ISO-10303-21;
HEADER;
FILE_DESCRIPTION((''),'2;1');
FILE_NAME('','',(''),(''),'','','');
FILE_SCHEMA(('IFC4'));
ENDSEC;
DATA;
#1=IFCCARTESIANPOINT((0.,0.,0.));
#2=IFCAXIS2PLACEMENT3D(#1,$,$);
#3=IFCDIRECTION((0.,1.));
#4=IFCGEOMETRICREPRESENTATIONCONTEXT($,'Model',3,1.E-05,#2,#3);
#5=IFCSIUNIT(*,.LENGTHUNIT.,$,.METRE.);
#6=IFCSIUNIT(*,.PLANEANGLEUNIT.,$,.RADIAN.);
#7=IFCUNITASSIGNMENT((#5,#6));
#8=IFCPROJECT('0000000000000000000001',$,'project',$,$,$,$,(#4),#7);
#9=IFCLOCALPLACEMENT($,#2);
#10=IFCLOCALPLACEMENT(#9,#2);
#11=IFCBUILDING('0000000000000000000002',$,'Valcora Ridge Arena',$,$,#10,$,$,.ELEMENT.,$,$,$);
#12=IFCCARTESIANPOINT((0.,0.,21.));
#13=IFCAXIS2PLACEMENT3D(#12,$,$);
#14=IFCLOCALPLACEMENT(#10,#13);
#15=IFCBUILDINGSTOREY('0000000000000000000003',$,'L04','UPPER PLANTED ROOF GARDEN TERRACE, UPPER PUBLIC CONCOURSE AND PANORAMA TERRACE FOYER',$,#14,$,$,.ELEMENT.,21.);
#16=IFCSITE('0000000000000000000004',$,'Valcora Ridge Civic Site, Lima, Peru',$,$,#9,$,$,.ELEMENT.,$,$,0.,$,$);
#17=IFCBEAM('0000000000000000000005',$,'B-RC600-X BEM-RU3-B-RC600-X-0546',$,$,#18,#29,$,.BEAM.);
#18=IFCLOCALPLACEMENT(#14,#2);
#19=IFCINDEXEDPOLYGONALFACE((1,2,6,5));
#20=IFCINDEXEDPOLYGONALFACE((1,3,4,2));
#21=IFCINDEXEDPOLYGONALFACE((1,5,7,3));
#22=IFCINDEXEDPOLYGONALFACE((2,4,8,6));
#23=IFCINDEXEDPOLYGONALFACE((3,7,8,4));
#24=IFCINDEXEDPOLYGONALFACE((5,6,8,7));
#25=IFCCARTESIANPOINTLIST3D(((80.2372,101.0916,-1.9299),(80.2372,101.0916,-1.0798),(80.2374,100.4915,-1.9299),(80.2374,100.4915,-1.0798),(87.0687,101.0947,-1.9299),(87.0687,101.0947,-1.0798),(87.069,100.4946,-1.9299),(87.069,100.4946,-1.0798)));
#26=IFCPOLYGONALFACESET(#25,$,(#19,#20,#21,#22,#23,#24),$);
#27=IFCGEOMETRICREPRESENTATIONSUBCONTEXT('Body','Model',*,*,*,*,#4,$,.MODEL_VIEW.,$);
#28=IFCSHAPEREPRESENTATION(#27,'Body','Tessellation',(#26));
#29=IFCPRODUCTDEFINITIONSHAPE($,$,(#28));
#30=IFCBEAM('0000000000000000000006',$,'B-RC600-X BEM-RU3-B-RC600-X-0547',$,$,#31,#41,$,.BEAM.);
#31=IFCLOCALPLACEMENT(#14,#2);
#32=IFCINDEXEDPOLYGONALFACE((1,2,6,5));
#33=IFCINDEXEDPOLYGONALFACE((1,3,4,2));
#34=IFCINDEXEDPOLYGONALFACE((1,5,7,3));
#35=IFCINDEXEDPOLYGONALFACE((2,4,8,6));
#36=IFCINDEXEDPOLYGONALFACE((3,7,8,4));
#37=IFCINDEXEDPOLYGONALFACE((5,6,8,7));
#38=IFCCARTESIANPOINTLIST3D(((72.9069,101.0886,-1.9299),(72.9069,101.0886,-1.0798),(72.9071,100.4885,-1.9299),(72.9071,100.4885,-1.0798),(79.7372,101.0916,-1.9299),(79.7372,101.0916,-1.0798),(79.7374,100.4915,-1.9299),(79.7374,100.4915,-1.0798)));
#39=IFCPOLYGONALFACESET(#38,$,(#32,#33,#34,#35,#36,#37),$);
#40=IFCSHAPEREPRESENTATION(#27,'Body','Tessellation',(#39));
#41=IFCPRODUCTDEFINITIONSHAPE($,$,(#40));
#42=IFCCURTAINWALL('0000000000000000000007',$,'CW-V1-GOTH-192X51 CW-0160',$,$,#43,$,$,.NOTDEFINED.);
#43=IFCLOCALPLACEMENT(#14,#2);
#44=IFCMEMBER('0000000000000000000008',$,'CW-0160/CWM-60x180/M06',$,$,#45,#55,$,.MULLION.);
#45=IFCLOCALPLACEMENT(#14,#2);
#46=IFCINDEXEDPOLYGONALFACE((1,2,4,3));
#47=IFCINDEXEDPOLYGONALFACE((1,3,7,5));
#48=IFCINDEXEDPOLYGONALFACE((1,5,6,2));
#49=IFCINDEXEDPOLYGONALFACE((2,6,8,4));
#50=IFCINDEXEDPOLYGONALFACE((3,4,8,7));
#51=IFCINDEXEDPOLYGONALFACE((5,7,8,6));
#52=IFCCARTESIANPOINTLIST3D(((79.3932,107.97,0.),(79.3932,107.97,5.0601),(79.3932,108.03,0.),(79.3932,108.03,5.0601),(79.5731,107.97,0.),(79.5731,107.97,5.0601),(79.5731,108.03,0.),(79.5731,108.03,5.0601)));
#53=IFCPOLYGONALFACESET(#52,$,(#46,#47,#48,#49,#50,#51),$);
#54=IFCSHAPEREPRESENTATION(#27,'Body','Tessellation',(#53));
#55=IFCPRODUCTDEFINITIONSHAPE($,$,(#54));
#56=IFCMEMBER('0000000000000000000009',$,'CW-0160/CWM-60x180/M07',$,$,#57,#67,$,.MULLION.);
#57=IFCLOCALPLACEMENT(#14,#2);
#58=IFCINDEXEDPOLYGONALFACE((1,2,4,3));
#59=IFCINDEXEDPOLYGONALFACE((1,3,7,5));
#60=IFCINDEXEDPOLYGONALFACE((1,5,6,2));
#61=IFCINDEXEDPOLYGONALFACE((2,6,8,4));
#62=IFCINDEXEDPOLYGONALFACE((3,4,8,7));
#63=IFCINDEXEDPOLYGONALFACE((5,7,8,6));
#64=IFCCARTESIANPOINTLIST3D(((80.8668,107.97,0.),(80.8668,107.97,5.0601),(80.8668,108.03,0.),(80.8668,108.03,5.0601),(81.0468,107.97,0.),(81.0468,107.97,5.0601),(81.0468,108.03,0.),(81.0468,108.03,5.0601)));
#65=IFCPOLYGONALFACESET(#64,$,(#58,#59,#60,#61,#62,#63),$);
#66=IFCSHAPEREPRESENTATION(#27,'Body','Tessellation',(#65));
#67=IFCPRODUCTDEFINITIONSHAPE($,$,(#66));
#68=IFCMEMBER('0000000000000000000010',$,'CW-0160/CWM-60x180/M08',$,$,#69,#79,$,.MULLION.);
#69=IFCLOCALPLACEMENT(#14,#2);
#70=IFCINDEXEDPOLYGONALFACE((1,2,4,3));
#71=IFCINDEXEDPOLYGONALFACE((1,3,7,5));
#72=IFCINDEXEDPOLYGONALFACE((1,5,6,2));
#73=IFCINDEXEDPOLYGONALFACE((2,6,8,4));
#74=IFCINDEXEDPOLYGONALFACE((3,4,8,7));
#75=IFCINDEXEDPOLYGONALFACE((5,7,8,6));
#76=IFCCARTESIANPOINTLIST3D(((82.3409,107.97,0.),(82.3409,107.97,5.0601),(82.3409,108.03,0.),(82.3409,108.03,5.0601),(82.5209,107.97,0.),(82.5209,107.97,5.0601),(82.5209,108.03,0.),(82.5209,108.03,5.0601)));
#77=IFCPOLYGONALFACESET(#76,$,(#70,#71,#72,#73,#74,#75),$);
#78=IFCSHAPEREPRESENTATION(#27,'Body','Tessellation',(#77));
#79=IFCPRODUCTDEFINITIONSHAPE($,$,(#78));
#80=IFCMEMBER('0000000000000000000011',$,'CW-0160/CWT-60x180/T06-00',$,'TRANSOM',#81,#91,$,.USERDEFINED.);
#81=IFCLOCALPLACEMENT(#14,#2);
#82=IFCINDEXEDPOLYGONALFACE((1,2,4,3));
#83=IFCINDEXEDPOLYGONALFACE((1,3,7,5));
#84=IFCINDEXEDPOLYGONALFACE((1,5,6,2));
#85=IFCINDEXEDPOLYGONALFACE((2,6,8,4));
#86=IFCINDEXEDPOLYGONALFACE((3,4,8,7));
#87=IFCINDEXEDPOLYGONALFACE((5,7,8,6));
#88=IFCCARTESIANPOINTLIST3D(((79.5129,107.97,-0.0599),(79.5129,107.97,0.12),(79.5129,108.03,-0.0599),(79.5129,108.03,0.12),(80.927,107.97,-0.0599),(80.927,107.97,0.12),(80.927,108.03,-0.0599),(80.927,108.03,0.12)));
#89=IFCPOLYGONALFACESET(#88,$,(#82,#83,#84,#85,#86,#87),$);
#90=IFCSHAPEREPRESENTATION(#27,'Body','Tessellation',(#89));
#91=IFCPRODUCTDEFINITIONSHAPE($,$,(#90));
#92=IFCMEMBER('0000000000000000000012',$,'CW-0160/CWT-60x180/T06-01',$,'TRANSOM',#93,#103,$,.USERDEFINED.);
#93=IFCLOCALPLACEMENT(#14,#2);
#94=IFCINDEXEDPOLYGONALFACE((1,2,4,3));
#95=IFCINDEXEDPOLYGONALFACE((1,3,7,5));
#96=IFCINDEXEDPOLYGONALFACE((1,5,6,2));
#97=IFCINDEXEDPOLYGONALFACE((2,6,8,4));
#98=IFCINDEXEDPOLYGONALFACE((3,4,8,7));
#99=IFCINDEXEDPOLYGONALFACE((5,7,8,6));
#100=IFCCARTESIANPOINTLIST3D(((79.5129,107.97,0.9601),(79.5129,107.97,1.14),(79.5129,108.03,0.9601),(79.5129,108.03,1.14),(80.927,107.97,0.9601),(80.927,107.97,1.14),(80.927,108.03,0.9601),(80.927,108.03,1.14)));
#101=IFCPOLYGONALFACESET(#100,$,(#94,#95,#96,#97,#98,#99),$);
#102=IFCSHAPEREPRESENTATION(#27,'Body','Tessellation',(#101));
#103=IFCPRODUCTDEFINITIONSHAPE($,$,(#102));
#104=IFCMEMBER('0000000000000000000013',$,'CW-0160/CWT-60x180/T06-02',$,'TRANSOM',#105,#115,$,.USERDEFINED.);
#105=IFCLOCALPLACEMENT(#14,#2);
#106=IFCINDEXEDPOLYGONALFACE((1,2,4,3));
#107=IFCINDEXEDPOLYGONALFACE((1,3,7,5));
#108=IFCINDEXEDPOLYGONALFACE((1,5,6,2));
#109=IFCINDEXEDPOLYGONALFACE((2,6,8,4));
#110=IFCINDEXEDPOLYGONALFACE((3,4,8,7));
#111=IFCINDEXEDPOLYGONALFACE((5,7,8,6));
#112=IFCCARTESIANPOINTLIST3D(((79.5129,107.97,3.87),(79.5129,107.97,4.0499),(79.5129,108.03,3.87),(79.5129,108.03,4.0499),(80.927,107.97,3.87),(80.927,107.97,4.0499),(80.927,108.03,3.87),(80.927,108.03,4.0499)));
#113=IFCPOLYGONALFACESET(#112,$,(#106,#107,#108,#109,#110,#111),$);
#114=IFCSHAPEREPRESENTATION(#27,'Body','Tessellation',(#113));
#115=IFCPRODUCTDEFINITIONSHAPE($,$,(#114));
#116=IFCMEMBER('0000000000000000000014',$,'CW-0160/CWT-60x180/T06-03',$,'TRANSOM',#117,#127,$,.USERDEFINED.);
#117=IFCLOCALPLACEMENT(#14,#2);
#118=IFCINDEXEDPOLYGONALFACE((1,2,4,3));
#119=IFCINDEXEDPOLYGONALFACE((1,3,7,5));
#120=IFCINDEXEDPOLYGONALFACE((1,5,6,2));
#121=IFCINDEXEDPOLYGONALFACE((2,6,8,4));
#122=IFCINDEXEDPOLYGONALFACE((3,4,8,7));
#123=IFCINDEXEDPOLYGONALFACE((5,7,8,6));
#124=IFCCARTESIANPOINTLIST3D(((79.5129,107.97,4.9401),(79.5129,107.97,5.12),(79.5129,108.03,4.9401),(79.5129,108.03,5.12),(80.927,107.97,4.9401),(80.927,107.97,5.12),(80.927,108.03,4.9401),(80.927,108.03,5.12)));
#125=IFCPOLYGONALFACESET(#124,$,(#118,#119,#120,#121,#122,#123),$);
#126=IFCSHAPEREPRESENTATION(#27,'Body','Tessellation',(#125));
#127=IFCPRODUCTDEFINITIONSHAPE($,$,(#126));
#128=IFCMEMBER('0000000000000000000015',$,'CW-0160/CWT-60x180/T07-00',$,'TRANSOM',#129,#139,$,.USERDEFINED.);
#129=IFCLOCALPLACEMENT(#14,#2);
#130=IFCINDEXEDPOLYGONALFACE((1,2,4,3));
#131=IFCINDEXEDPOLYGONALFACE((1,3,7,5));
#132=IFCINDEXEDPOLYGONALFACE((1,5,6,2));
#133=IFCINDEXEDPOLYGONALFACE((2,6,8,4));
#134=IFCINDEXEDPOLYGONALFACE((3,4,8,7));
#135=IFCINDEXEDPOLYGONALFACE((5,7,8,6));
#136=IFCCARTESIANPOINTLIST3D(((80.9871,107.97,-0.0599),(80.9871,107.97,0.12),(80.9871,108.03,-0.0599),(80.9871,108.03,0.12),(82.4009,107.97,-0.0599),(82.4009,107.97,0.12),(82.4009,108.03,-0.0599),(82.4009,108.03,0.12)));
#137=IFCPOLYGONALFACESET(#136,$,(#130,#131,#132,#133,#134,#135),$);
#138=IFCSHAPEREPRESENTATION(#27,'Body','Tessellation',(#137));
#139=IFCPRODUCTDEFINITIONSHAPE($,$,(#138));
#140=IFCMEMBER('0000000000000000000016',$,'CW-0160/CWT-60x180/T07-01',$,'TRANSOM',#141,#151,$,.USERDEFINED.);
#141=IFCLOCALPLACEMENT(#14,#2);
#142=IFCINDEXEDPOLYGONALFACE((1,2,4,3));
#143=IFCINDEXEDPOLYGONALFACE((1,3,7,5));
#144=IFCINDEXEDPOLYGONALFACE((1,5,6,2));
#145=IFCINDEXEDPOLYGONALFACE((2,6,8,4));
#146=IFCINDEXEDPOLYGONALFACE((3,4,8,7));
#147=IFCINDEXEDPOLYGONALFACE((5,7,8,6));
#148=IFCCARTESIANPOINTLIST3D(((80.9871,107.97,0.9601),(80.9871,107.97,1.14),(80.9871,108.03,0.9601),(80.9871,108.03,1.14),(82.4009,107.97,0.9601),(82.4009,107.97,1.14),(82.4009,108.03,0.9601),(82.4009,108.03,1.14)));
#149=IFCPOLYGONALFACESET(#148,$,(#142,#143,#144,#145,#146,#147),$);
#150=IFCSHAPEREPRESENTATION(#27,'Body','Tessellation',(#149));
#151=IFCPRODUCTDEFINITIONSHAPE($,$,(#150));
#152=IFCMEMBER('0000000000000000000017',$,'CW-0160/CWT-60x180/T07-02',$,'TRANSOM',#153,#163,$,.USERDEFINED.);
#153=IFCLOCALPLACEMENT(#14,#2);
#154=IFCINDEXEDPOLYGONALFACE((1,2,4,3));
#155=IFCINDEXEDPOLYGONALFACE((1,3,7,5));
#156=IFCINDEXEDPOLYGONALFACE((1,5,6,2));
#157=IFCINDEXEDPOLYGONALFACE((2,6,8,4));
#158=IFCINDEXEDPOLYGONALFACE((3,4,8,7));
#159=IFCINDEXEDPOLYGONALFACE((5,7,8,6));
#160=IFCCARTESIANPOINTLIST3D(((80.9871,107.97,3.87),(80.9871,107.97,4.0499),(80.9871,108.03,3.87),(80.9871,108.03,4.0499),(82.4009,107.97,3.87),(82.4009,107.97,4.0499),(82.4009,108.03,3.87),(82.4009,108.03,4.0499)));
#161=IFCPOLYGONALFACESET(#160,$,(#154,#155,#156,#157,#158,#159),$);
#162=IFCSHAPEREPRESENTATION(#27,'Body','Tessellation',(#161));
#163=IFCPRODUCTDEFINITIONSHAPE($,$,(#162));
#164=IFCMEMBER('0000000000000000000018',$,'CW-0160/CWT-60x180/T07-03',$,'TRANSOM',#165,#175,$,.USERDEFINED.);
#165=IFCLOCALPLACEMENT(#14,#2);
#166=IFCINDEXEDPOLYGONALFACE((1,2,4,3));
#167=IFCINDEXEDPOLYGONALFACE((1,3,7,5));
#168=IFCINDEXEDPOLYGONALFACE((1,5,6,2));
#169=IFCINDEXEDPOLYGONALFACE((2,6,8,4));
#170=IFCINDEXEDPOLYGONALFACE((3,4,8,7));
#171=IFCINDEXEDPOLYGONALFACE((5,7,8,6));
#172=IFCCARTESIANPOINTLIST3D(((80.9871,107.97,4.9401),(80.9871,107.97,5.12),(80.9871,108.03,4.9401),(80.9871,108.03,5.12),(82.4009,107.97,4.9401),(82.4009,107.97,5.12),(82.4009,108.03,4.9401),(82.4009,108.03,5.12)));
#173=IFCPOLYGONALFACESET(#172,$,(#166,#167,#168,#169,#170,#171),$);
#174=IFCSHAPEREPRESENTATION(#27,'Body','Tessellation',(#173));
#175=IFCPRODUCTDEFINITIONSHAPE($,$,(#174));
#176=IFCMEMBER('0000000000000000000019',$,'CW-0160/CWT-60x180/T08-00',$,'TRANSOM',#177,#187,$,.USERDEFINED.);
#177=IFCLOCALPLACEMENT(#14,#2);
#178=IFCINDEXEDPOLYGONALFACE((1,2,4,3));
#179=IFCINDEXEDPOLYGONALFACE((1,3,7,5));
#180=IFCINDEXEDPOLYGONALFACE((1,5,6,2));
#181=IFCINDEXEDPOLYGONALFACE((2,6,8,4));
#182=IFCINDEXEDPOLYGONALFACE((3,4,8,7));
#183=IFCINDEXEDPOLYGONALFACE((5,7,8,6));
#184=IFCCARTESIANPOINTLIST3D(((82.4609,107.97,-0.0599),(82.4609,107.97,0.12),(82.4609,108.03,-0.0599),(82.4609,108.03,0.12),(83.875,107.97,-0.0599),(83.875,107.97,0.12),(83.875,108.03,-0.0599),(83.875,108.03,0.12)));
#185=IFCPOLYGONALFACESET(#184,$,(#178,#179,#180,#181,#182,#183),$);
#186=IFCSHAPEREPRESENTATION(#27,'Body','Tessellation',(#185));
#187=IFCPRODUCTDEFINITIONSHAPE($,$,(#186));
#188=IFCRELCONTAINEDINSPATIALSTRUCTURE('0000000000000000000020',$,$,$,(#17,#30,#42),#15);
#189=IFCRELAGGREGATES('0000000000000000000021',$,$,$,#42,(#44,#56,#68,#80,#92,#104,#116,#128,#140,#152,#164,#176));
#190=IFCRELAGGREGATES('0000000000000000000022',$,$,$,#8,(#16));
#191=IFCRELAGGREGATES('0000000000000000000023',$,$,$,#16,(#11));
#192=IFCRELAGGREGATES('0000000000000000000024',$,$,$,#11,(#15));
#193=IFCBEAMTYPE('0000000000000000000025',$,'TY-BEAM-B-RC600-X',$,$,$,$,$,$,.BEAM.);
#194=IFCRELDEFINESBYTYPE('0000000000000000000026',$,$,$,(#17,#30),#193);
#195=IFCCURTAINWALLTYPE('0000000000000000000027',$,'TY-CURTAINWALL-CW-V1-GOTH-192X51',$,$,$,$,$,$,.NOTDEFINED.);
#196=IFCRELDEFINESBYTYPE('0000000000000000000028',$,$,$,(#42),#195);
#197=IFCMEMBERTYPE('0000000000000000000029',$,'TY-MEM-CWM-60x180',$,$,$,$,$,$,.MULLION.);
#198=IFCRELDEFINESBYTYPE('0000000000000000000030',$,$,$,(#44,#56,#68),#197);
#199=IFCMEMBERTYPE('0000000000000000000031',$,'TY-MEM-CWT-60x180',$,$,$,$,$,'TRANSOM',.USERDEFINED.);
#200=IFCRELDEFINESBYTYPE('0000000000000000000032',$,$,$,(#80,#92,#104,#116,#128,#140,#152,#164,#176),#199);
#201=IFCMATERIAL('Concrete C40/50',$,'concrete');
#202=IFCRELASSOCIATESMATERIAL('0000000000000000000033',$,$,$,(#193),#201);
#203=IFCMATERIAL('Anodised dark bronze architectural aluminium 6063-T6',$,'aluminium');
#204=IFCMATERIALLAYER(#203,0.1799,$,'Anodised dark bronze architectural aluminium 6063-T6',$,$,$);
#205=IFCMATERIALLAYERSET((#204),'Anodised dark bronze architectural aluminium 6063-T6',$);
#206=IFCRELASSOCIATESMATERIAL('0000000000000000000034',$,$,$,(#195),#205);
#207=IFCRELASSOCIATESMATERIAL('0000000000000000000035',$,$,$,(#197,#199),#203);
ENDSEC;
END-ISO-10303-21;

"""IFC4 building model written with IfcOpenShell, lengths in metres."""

from ifc_helpers import new_model, si_unit, direction, frame, origin, origin_2d, place, context, subcontext, project, spatial, rectangle, extrude, material, layer, layer_set, material_profile, profile_set, type_object, element, aggregate, save


model = new_model("IFC4")

# Units and contexts
model_context = context("Model", 3, precision=1e-05, world=origin(), true_north=direction((0.0, 1.0)))
body_context = subcontext(model_context, "Body", "Model", "MODEL_VIEW")
ifc_project = project(units=[si_unit("LENGTHUNIT", "METRE"), si_unit("PLANEANGLEUNIT", "RADIAN")], contexts=[model_context])

# Site, building, storey
site_placement = place(None, origin())
site = spatial("IfcSite", under=ifc_project, at=site_placement, Name="Valcora Ridge Civic Site, Lima, Peru", CompositionType="ELEMENT", RefElevation=0.0)
building_placement = place(site_placement, origin())
building = spatial("IfcBuilding", under=site, at=building_placement, Name="Valcora Ridge Arena", CompositionType="ELEMENT")
storey_placement = place(building_placement, frame((0.0, 0.0, 21.0)))
storey = spatial("IfcBuildingStorey", under=building, at=storey_placement, Name="L04", Description="UPPER PLANTED ROOF GARDEN TERRACE, UPPER PUBLIC CONCOURSE AND PANORAMA TERRACE FOYER", CompositionType="ELEMENT", Elevation=21.0)

# Beams
ifc_material_1 = material(Name="Concrete C40/50", Category="concrete")
ifc_material_profile_1 = material_profile(ifc_material_1, rectangle(XDim=0.6001, YDim=0.8501, at=origin_2d()), Name="RC 600x850")
ifc_profile_set_1 = profile_set([ifc_material_profile_1], Name="Concrete C40/50")
beam_type = type_object("IfcBeamType", Name="TY-BEAM-B-RC600-X", PredefinedType="BEAM", material=ifc_profile_set_1)
beam_1_placement = place(storey_placement, frame((87.0688, 100.7947, -1.5049), z_axis=(-1.0, -0.000465, 0.0), x_axis=(0.000465, -1.0, 0.0)))
element("IfcBeam", 1, at=beam_1_placement, inside=storey, type_object=beam_type, Name="B-RC600-X BEM-RU3-B-RC600-X-0546", PredefinedType="BEAM", context=body_context, shape_type="SweptSolid", body=[
    extrude(rectangle(XDim=0.6001, YDim=0.8501, at=origin_2d()), origin(), (0.0, 0.0, 1.0), 6.8315),
])
beam_2_placement = place(storey_placement, frame((79.7373, 100.7915, -1.5049), z_axis=(-1.0, -0.000429, 0.0), x_axis=(0.000429, -1.0, 0.0)))
element("IfcBeam", 2, at=beam_2_placement, inside=storey, type_object=beam_type, Name="B-RC600-X BEM-RU3-B-RC600-X-0547", PredefinedType="BEAM", context=body_context, shape_type="SweptSolid", body=[
    extrude(rectangle(XDim=0.6001, YDim=0.8501, at=origin_2d()), origin(), (0.0, 0.0, 1.0), 6.8303),
])

# Curtain wall, members
ifc_material_2 = material(Name="Anodised dark bronze architectural aluminium 6063-T6", Category="aluminium")
ifc_layer_1 = layer(ifc_material_2, 0.1799, Name="Anodised dark bronze architectural aluminium 6063-T6")
ifc_layer_set_1 = layer_set([ifc_layer_1], Name="Anodised dark bronze architectural aluminium 6063-T6")
curtain_wall_type = type_object("IfcCurtainWallType", Name="TY-CURTAINWALL-CW-V1-GOTH-192X51", PredefinedType="NOTDEFINED", material=ifc_layer_set_1)
curtain_wall_placement = place(storey_placement, origin())
curtain_wall = element("IfcCurtainWall", 3, at=curtain_wall_placement, inside=storey, type_object=curtain_wall_type, Name="CW-V1-GOTH-192X51 CW-0160", PredefinedType="NOTDEFINED")
ifc_material_profile_2 = material_profile(ifc_material_2, rectangle(XDim=0.0601, YDim=0.1799, at=origin_2d()), Name="ALU MULLION 60x180")
ifc_profile_set_2 = profile_set([ifc_material_profile_2], Name="Anodised dark bronze architectural aluminium 6063-T6")
member_type_1 = type_object("IfcMemberType", Name="TY-MEM-CWM-60x180", PredefinedType="MULLION", material=ifc_profile_set_2)
member_1_placement = place(storey_placement, frame((79.4832, 108.0, 0.0), z_axis=(0.0, 0.0, 1.0), x_axis=(0.0, 1.0, 0.0)))
member_1 = element("IfcMember", 4, at=member_1_placement, type_object=member_type_1, Name="CW-0160/CWM-60x180/M06", PredefinedType="MULLION", context=body_context, shape_type="SweptSolid", body=[
    extrude(rectangle(XDim=0.0601, YDim=0.1799, at=origin_2d()), origin(), (0.0, 0.0, 1.0), 5.0601),
])
member_2_placement = place(storey_placement, frame((80.9568, 108.0, 0.0), z_axis=(0.0, 0.0, 1.0), x_axis=(0.0, 1.0, 0.0)))
member_2 = element("IfcMember", 5, at=member_2_placement, type_object=member_type_1, Name="CW-0160/CWM-60x180/M07", PredefinedType="MULLION", context=body_context, shape_type="SweptSolid", body=[
    extrude(rectangle(XDim=0.0601, YDim=0.1799, at=origin_2d()), origin(), (0.0, 0.0, 1.0), 5.0601),
])
member_3_placement = place(storey_placement, frame((82.4309, 108.0, 0.0), z_axis=(0.0, 0.0, 1.0), x_axis=(0.0, 1.0, 0.0)))
member_3 = element("IfcMember", 6, at=member_3_placement, type_object=member_type_1, Name="CW-0160/CWM-60x180/M08", PredefinedType="MULLION", context=body_context, shape_type="SweptSolid", body=[
    extrude(rectangle(XDim=0.0601, YDim=0.1799, at=origin_2d()), origin(), (0.0, 0.0, 1.0), 5.0601),
])
ifc_material_profile_3 = material_profile(ifc_material_2, rectangle(XDim=0.0601, YDim=0.1799, at=origin_2d()), Name="ALU TRANSOM 60x180")
ifc_profile_set_3 = profile_set([ifc_material_profile_3], Name="Anodised dark bronze architectural aluminium 6063-T6")
member_type_2 = type_object("IfcMemberType", Name="TY-MEM-CWT-60x180", ElementType="TRANSOM", PredefinedType="USERDEFINED", material=ifc_profile_set_3)
member_4_placement = place(storey_placement, frame((79.5129, 108.0, 0.03), z_axis=(1.0, 0.0, 0.0), x_axis=(0.0, 1.0, 0.0)))
member_4 = element("IfcMember", 7, at=member_4_placement, type_object=member_type_2, Name="CW-0160/CWT-60x180/T06-00", ObjectType="TRANSOM", PredefinedType="USERDEFINED", context=body_context, shape_type="SweptSolid", body=[
    extrude(rectangle(XDim=0.0601, YDim=0.1799, at=origin_2d()), origin(), (0.0, 0.0, 1.0), 1.4141),
])
member_5_placement = place(storey_placement, frame((79.5129, 108.0, 1.05), z_axis=(1.0, 0.0, 0.0), x_axis=(0.0, 1.0, 0.0)))
member_5 = element("IfcMember", 8, at=member_5_placement, type_object=member_type_2, Name="CW-0160/CWT-60x180/T06-01", ObjectType="TRANSOM", PredefinedType="USERDEFINED", context=body_context, shape_type="SweptSolid", body=[
    extrude(rectangle(XDim=0.0601, YDim=0.1799, at=origin_2d()), origin(), (0.0, 0.0, 1.0), 1.4141),
])
member_6_placement = place(storey_placement, frame((79.5129, 108.0, 3.96), z_axis=(1.0, 0.0, 0.0), x_axis=(0.0, 1.0, 0.0)))
member_6 = element("IfcMember", 9, at=member_6_placement, type_object=member_type_2, Name="CW-0160/CWT-60x180/T06-02", ObjectType="TRANSOM", PredefinedType="USERDEFINED", context=body_context, shape_type="SweptSolid", body=[
    extrude(rectangle(XDim=0.0601, YDim=0.1799, at=origin_2d()), origin(), (0.0, 0.0, 1.0), 1.4141),
])
member_7_placement = place(storey_placement, frame((79.5129, 108.0, 5.03), z_axis=(1.0, 0.0, 0.0), x_axis=(0.0, 1.0, 0.0)))
member_7 = element("IfcMember", 10, at=member_7_placement, type_object=member_type_2, Name="CW-0160/CWT-60x180/T06-03", ObjectType="TRANSOM", PredefinedType="USERDEFINED", context=body_context, shape_type="SweptSolid", body=[
    extrude(rectangle(XDim=0.0601, YDim=0.1799, at=origin_2d()), origin(), (0.0, 0.0, 1.0), 1.4141),
])
member_8_placement = place(storey_placement, frame((80.9871, 108.0, 0.03), z_axis=(1.0, 0.0, 0.0), x_axis=(0.0, 1.0, 0.0)))
member_8 = element("IfcMember", 11, at=member_8_placement, type_object=member_type_2, Name="CW-0160/CWT-60x180/T07-00", ObjectType="TRANSOM", PredefinedType="USERDEFINED", context=body_context, shape_type="SweptSolid", body=[
    extrude(rectangle(XDim=0.0601, YDim=0.1799, at=origin_2d()), origin(), (0.0, 0.0, 1.0), 1.4138),
])
member_9_placement = place(storey_placement, frame((80.9871, 108.0, 1.05), z_axis=(1.0, 0.0, 0.0), x_axis=(0.0, 1.0, 0.0)))
member_9 = element("IfcMember", 12, at=member_9_placement, type_object=member_type_2, Name="CW-0160/CWT-60x180/T07-01", ObjectType="TRANSOM", PredefinedType="USERDEFINED", context=body_context, shape_type="SweptSolid", body=[
    extrude(rectangle(XDim=0.0601, YDim=0.1799, at=origin_2d()), origin(), (0.0, 0.0, 1.0), 1.4138),
])
member_10_placement = place(storey_placement, frame((80.9871, 108.0, 3.96), z_axis=(1.0, 0.0, 0.0), x_axis=(0.0, 1.0, 0.0)))
member_10 = element("IfcMember", 13, at=member_10_placement, type_object=member_type_2, Name="CW-0160/CWT-60x180/T07-02", ObjectType="TRANSOM", PredefinedType="USERDEFINED", context=body_context, shape_type="SweptSolid", body=[
    extrude(rectangle(XDim=0.0601, YDim=0.1799, at=origin_2d()), origin(), (0.0, 0.0, 1.0), 1.4138),
])
member_11_placement = place(storey_placement, frame((80.9871, 108.0, 5.03), z_axis=(1.0, 0.0, 0.0), x_axis=(0.0, 1.0, 0.0)))
member_11 = element("IfcMember", 14, at=member_11_placement, type_object=member_type_2, Name="CW-0160/CWT-60x180/T07-03", ObjectType="TRANSOM", PredefinedType="USERDEFINED", context=body_context, shape_type="SweptSolid", body=[
    extrude(rectangle(XDim=0.0601, YDim=0.1799, at=origin_2d()), origin(), (0.0, 0.0, 1.0), 1.4138),
])
member_12_placement = place(storey_placement, frame((82.4609, 108.0, 0.03), z_axis=(1.0, 0.0, 0.0), x_axis=(0.0, 1.0, 0.0)))
member_12 = element("IfcMember", 15, at=member_12_placement, type_object=member_type_2, Name="CW-0160/CWT-60x180/T08-00", ObjectType="TRANSOM", PredefinedType="USERDEFINED", context=body_context, shape_type="SweptSolid", body=[
    extrude(rectangle(XDim=0.0601, YDim=0.1799, at=origin_2d()), origin(), (0.0, 0.0, 1.0), 1.4141),
])
aggregate(curtain_wall, [member_1, member_2, member_3, member_4, member_5, member_6, member_7, member_8, member_9, member_10, member_11, member_12])

save(model, "model.ifc")
